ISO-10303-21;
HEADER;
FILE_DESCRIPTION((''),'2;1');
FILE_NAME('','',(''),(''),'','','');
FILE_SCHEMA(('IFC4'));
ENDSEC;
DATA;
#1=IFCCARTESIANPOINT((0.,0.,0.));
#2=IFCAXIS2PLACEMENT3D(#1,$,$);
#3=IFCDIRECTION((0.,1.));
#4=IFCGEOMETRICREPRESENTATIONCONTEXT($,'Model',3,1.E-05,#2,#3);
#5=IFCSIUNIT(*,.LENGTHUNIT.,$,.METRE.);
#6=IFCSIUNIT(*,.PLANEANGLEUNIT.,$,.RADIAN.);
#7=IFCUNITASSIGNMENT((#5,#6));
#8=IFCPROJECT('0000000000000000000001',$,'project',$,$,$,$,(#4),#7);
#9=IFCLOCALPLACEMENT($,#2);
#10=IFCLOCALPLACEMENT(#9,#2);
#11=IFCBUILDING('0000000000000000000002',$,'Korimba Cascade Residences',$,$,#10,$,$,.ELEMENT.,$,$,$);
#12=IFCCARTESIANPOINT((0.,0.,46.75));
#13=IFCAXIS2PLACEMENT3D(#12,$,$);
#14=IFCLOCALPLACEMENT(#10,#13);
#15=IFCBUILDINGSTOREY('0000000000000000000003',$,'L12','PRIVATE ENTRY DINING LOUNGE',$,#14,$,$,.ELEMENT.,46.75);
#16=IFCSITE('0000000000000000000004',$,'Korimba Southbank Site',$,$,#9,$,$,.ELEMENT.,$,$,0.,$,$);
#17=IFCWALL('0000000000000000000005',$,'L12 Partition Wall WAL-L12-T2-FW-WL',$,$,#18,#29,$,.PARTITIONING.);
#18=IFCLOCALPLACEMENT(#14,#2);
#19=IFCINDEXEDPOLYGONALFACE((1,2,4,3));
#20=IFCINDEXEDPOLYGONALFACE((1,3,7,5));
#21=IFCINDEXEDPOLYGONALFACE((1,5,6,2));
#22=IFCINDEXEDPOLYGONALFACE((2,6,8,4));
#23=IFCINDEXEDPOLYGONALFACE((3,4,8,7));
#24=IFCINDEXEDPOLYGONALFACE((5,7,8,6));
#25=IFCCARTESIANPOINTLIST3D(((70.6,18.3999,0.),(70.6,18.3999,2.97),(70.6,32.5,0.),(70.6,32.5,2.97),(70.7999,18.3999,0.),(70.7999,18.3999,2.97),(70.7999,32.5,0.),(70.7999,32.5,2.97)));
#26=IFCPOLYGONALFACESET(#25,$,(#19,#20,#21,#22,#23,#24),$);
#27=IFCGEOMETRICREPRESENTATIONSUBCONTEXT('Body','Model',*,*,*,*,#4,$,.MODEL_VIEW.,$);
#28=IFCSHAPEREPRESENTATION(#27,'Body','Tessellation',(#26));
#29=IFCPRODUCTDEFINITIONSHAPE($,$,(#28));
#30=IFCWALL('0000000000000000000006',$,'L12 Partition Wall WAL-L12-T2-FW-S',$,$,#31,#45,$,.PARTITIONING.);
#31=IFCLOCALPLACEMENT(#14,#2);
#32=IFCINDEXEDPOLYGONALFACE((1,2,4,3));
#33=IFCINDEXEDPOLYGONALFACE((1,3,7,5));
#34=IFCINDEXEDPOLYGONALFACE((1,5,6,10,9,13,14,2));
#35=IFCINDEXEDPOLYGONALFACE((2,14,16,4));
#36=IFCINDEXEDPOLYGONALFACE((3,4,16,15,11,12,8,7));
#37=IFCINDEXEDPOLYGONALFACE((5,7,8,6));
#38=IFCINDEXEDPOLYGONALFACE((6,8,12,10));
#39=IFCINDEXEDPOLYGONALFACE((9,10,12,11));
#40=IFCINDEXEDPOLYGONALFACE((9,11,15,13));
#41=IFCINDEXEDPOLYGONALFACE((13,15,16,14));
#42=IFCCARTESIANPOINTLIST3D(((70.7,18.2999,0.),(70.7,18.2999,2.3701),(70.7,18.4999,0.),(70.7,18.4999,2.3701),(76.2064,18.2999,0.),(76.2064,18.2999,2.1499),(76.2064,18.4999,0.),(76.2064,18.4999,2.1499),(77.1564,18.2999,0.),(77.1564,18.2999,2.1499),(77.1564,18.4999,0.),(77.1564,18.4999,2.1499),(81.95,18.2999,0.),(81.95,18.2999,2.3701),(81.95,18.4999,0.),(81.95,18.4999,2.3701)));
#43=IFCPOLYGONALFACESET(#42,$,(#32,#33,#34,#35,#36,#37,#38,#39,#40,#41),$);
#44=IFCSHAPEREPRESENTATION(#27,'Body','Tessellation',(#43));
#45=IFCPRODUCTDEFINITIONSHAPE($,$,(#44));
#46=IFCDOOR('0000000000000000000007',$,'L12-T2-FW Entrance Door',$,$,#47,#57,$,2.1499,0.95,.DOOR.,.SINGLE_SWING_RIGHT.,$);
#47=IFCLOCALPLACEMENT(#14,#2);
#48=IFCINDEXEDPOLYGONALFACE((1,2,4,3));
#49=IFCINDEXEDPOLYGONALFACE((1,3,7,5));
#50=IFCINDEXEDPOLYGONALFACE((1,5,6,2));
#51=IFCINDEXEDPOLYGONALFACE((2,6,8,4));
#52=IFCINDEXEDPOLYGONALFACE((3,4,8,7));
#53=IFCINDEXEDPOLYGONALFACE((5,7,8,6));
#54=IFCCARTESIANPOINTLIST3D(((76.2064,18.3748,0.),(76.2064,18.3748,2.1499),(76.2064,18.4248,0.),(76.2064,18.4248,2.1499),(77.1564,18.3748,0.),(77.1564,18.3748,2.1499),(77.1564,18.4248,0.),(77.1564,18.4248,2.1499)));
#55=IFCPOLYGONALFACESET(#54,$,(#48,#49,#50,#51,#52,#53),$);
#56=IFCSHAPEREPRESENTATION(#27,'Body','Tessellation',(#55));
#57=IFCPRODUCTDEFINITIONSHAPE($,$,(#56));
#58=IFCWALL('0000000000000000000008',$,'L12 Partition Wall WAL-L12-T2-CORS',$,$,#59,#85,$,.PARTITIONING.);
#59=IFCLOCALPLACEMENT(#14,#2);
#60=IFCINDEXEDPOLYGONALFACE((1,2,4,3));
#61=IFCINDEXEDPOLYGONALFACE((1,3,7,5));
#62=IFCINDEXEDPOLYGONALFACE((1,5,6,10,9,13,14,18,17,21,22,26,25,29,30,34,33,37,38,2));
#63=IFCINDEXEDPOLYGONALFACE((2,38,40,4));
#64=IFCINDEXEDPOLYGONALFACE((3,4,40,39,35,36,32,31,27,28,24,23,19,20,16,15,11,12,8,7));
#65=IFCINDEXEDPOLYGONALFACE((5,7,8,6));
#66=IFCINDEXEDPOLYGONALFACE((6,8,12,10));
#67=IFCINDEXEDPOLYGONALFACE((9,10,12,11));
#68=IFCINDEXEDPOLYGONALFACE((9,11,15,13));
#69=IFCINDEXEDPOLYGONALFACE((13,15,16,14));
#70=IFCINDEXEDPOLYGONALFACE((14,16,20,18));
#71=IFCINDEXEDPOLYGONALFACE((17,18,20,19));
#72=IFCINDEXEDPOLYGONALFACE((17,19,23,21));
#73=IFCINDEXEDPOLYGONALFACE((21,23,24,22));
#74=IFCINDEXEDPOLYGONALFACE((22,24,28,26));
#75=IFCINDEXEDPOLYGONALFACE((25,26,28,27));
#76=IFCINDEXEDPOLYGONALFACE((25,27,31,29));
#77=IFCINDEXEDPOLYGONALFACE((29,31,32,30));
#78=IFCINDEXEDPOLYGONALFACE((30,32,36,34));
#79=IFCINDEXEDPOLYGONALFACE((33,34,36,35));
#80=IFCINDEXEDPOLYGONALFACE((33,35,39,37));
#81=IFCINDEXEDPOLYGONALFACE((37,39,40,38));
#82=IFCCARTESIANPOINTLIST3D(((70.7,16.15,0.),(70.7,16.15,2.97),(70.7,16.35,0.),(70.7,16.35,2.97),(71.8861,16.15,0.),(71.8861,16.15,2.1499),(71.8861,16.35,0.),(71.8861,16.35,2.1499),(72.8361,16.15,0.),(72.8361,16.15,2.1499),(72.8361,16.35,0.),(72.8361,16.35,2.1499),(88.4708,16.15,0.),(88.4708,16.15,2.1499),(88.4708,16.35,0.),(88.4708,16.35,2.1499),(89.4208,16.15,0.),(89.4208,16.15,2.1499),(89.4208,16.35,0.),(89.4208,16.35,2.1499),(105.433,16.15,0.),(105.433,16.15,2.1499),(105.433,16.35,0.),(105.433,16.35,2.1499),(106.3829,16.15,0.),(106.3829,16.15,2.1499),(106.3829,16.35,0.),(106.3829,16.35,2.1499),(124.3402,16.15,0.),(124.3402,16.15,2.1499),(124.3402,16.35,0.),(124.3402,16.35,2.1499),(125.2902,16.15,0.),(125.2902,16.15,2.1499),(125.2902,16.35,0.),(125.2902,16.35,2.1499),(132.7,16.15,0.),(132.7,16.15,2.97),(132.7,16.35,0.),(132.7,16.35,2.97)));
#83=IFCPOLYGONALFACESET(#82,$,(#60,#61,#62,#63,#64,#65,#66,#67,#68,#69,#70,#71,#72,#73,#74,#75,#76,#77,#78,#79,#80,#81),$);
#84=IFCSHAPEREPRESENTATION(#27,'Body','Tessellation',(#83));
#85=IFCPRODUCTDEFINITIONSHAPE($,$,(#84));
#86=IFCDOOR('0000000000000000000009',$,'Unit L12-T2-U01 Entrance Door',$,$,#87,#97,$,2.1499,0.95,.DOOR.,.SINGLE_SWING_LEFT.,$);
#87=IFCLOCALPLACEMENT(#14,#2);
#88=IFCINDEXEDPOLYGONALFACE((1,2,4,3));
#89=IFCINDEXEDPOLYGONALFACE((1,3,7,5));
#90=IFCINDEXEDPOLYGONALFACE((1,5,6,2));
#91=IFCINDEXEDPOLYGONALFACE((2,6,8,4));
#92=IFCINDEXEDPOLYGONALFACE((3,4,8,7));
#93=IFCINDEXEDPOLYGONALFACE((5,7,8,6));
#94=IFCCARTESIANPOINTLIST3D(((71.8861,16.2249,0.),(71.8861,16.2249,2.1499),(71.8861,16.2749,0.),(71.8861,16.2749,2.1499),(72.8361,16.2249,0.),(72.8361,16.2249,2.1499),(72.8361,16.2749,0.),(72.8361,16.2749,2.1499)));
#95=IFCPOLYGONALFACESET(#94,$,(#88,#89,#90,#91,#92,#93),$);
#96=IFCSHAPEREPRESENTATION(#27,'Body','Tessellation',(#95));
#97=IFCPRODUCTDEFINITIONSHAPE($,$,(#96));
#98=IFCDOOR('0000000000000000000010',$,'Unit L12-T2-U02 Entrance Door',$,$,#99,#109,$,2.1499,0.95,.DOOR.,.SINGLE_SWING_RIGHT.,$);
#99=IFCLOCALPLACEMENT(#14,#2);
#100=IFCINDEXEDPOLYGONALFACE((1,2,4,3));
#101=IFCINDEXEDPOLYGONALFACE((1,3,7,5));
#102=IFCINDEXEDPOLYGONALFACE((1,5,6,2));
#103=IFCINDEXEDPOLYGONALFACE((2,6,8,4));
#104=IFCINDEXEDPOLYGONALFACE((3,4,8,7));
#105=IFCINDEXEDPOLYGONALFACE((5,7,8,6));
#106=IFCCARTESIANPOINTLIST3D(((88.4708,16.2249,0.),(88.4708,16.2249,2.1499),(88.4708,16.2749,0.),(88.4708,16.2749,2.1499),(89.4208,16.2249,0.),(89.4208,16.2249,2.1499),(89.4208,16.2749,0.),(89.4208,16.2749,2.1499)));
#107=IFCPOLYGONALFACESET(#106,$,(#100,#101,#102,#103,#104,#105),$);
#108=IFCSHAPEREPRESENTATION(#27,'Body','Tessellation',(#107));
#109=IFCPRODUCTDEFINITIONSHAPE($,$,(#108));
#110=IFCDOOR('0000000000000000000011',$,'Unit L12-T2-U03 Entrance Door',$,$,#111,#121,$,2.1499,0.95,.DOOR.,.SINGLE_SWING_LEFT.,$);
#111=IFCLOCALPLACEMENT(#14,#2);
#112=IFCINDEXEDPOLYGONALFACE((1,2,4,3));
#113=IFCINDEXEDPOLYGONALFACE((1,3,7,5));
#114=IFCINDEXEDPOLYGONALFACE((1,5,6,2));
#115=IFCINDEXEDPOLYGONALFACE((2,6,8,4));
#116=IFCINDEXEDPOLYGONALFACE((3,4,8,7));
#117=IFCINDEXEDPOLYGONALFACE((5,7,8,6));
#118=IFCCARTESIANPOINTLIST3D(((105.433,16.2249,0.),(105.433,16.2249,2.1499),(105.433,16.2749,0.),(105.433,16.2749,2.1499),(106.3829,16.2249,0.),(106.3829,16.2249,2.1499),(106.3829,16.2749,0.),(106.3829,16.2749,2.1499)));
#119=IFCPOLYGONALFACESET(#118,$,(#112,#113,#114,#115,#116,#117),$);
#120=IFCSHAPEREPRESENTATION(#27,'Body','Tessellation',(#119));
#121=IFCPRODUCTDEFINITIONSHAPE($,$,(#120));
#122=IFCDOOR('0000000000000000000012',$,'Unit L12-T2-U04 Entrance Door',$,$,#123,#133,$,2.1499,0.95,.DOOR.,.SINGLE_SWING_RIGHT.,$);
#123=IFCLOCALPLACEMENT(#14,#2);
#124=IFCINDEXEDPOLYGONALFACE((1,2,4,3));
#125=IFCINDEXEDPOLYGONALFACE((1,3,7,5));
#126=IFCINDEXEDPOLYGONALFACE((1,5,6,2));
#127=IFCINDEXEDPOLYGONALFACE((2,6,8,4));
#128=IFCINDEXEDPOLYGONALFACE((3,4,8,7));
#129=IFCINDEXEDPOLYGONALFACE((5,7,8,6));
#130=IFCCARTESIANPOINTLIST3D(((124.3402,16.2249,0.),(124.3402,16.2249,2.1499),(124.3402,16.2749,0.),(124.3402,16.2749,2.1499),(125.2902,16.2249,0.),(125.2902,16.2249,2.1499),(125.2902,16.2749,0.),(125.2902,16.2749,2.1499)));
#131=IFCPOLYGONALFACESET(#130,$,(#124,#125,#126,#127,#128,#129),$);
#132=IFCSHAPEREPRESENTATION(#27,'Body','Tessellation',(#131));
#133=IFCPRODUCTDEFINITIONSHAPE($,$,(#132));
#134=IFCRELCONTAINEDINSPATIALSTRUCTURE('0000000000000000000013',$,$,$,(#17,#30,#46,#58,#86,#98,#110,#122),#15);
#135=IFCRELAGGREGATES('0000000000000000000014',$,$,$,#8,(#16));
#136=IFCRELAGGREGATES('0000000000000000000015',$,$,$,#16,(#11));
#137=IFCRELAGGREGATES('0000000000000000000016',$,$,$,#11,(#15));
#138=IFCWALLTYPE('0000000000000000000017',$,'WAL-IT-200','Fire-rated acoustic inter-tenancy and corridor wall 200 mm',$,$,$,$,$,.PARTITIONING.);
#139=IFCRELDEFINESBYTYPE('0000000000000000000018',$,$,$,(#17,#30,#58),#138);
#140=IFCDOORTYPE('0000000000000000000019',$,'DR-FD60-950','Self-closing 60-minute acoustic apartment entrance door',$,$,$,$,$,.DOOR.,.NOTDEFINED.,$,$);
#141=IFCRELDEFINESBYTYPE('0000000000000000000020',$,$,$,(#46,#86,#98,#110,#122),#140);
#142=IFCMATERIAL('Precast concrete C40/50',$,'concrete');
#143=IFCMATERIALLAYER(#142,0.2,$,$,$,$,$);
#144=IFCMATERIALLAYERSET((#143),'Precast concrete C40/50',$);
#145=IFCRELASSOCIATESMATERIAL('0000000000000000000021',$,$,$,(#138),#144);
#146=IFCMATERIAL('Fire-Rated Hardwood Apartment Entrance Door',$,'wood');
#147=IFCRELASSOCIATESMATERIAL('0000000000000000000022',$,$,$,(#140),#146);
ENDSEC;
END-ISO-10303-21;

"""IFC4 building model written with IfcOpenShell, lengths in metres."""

from ifc_helpers import new_model, si_unit, direction, frame, frame_2d, origin, place, context, subcontext, project, spatial, rectangle, extrude, material, layer, layer_set, type_object, element, fill, save


model = new_model("IFC4")

# Units and contexts
model_context = context("Model", 3, precision=1e-05, world=origin(), true_north=direction((0.0, 1.0)))
body_context = subcontext(model_context, "Body", "Model", "MODEL_VIEW")
ifc_project = project(units=[si_unit("LENGTHUNIT", "METRE"), si_unit("PLANEANGLEUNIT", "RADIAN")], contexts=[model_context])

# Site, building, storey
site_placement = place(None, origin())
site = spatial("IfcSite", under=ifc_project, at=site_placement, Name="Korimba Southbank Site", CompositionType="ELEMENT", RefElevation=0.0)
building_placement = place(site_placement, origin())
building = spatial("IfcBuilding", under=site, at=building_placement, Name="Korimba Cascade Residences", CompositionType="ELEMENT")
storey_placement = place(building_placement, frame((0.0, 0.0, 46.75)))
storey = spatial("IfcBuildingStorey", under=building, at=storey_placement, Name="L12", Description="PRIVATE ENTRY DINING LOUNGE", CompositionType="ELEMENT", Elevation=46.75)

# Wall
ifc_material_1 = material(Name="Precast concrete C40/50", Category="concrete")
ifc_layer_1 = layer(ifc_material_1, 0.2)
ifc_layer_set_1 = layer_set([ifc_layer_1], Name="Precast concrete C40/50")
wall_type_1 = type_object("IfcWallType", Name="WAL-IT-200", Description="Fire-rated acoustic inter-tenancy and corridor wall 200 mm", PredefinedType="PARTITIONING", material=ifc_layer_set_1)
wall_1_placement = place(storey_placement, frame((70.7, 18.3999, 0.0), z_axis=(0.0, 0.0, 1.0), x_axis=(0.0, 1.0, 0.0)))
element("IfcWall", 1, at=wall_1_placement, inside=storey, type_object=wall_type_1, Name="L12 Partition Wall WAL-L12-T2-FW-WL", PredefinedType="PARTITIONING", context=body_context, shape_type="SweptSolid", body=[
    extrude(rectangle(XDim=14.1001, YDim=0.2, at=frame_2d((7.05, 0.0))), origin(), (0.0, 0.0, 1.0), 2.97),
])

# Wall, opening, door
wall_2_placement = place(storey_placement, frame((70.7, 18.3999, 0.0), z_axis=(0.0, 0.0, 1.0), x_axis=(1.0, 0.0, 0.0)))
wall_2 = element("IfcWall", 2, at=wall_2_placement, inside=storey, type_object=wall_type_1, Name="L12 Partition Wall WAL-L12-T2-FW-S", PredefinedType="PARTITIONING", context=body_context, shape_type="SweptSolid", body=[
    extrude(rectangle(XDim=11.25, YDim=0.2, at=frame_2d((5.625, 0.0))), origin(), (0.0, 0.0, 1.0), 2.3701),
])
opening_1_placement = place(wall_2_placement, frame((5.5063, 0.0, 0.0)))
opening_1 = element("IfcOpeningElement", 3, at=opening_1_placement, cuts=wall_2, PredefinedType="OPENING", context=body_context, shape_type="SweptSolid", body=[
    extrude(rectangle(XDim=0.95, YDim=2.1499, at=frame_2d((0.4751, 1.075))), frame((0.0, 0.1099, 0.0), z_axis=(0.0, -1.0, 0.0), x_axis=(1.0, 0.0, 0.0)), (0.0, 0.0, 1.0), 0.22),
])
ifc_material_2 = material(Name="Fire-Rated Hardwood Apartment Entrance Door", Category="wood")
door_type_1 = type_object("IfcDoorType", Name="DR-FD60-950", Description="Self-closing 60-minute acoustic apartment entrance door", OperationType="NOTDEFINED", PredefinedType="DOOR", material=ifc_material_2)
door_1_placement = place(opening_1_placement, origin())
door_1 = element("IfcDoor", 4, at=door_1_placement, inside=storey, type_object=door_type_1, Name="L12-T2-FW Entrance Door", OperationType="SINGLE_SWING_RIGHT", OverallHeight=2.1499, OverallWidth=0.95, PredefinedType="DOOR", context=body_context, shape_type="SweptSolid", body=[
    extrude(rectangle(XDim=0.95, YDim=2.1499, at=frame_2d((0.4751, 1.075))), frame((0.0, 0.0249, 0.0), z_axis=(0.0, -1.0, 0.0), x_axis=(1.0, 0.0, 0.0)), (0.0, 0.0, 1.0), 0.05),
])
fill(opening_1, door_1)

# Wall, openings, doors
wall_3_placement = place(storey_placement, frame((70.7, 16.25, 0.0), z_axis=(0.0, 0.0, 1.0), x_axis=(1.0, 0.0, 0.0)))
wall_3 = element("IfcWall", 5, at=wall_3_placement, inside=storey, type_object=wall_type_1, Name="L12 Partition Wall WAL-L12-T2-CORS", PredefinedType="PARTITIONING", context=body_context, shape_type="SweptSolid", body=[
    extrude(rectangle(XDim=62.0, YDim=0.2, at=frame_2d((31.0, 0.0))), origin(), (0.0, 0.0, 1.0), 2.97),
])
opening_2_placement = place(wall_3_placement, frame((1.186, 0.0, 0.0)))
opening_2 = element("IfcOpeningElement", 6, at=opening_2_placement, cuts=wall_3, PredefinedType="OPENING", context=body_context, shape_type="SweptSolid", body=[
    extrude(rectangle(XDim=0.95, YDim=2.1499, at=frame_2d((0.4751, 1.075))), frame((0.0, 0.1099, 0.0), z_axis=(0.0, -1.0, 0.0), x_axis=(1.0, 0.0, 0.0)), (0.0, 0.0, 1.0), 0.22),
])
opening_3_placement = place(wall_3_placement, frame((17.7708, 0.0, 0.0)))
opening_3 = element("IfcOpeningElement", 7, at=opening_3_placement, cuts=wall_3, PredefinedType="OPENING", context=body_context, shape_type="SweptSolid", body=[
    extrude(rectangle(XDim=0.95, YDim=2.1499, at=frame_2d((0.4751, 1.075))), frame((0.0, 0.1099, 0.0), z_axis=(0.0, -1.0, 0.0), x_axis=(1.0, 0.0, 0.0)), (0.0, 0.0, 1.0), 0.22),
])
opening_4_placement = place(wall_3_placement, frame((34.7329, 0.0, 0.0)))
opening_4 = element("IfcOpeningElement", 8, at=opening_4_placement, cuts=wall_3, PredefinedType="OPENING", context=body_context, shape_type="SweptSolid", body=[
    extrude(rectangle(XDim=0.95, YDim=2.1499, at=frame_2d((0.4751, 1.075))), frame((0.0, 0.1099, 0.0), z_axis=(0.0, -1.0, 0.0), x_axis=(1.0, 0.0, 0.0)), (0.0, 0.0, 1.0), 0.22),
])
opening_5_placement = place(wall_3_placement, frame((53.6401, 0.0, 0.0)))
opening_5 = element("IfcOpeningElement", 9, at=opening_5_placement, cuts=wall_3, PredefinedType="OPENING", context=body_context, shape_type="SweptSolid", body=[
    extrude(rectangle(XDim=0.95, YDim=2.1499, at=frame_2d((0.4751, 1.075))), frame((0.0, 0.1099, 0.0), z_axis=(0.0, -1.0, 0.0), x_axis=(1.0, 0.0, 0.0)), (0.0, 0.0, 1.0), 0.22),
])
door_2_placement = place(opening_2_placement, origin())
door_2 = element("IfcDoor", 10, at=door_2_placement, inside=storey, type_object=door_type_1, Name="Unit L12-T2-U01 Entrance Door", OperationType="SINGLE_SWING_LEFT", OverallHeight=2.1499, OverallWidth=0.95, PredefinedType="DOOR", context=body_context, shape_type="SweptSolid", body=[
    extrude(rectangle(XDim=0.95, YDim=2.1499, at=frame_2d((0.4751, 1.075))), frame((0.0, 0.0249, 0.0), z_axis=(0.0, -1.0, 0.0), x_axis=(1.0, 0.0, 0.0)), (0.0, 0.0, 1.0), 0.05),
])
fill(opening_2, door_2)
door_3_placement = place(opening_3_placement, origin())
door_3 = element("IfcDoor", 11, at=door_3_placement, inside=storey, type_object=door_type_1, Name="Unit L12-T2-U02 Entrance Door", OperationType="SINGLE_SWING_RIGHT", OverallHeight=2.1499, OverallWidth=0.95, PredefinedType="DOOR", context=body_context, shape_type="SweptSolid", body=[
    extrude(rectangle(XDim=0.95, YDim=2.1499, at=frame_2d((0.4751, 1.075))), frame((0.0, 0.0249, 0.0), z_axis=(0.0, -1.0, 0.0), x_axis=(1.0, 0.0, 0.0)), (0.0, 0.0, 1.0), 0.05),
])
fill(opening_3, door_3)
door_4_placement = place(opening_4_placement, origin())
door_4 = element("IfcDoor", 12, at=door_4_placement, inside=storey, type_object=door_type_1, Name="Unit L12-T2-U03 Entrance Door", OperationType="SINGLE_SWING_LEFT", OverallHeight=2.1499, OverallWidth=0.95, PredefinedType="DOOR", context=body_context, shape_type="SweptSolid", body=[
    extrude(rectangle(XDim=0.95, YDim=2.1499, at=frame_2d((0.4751, 1.075))), frame((0.0, 0.0249, 0.0), z_axis=(0.0, -1.0, 0.0), x_axis=(1.0, 0.0, 0.0)), (0.0, 0.0, 1.0), 0.05),
])
fill(opening_4, door_4)
door_5_placement = place(opening_5_placement, origin())
door_5 = element("IfcDoor", 13, at=door_5_placement, inside=storey, type_object=door_type_1, Name="Unit L12-T2-U04 Entrance Door", OperationType="SINGLE_SWING_RIGHT", OverallHeight=2.1499, OverallWidth=0.95, PredefinedType="DOOR", context=body_context, shape_type="SweptSolid", body=[
    extrude(rectangle(XDim=0.95, YDim=2.1499, at=frame_2d((0.4751, 1.075))), frame((0.0, 0.0249, 0.0), z_axis=(0.0, -1.0, 0.0), x_axis=(1.0, 0.0, 0.0)), (0.0, 0.0, 1.0), 0.05),
])
fill(opening_5, door_5)

save(model, "model.ifc")
